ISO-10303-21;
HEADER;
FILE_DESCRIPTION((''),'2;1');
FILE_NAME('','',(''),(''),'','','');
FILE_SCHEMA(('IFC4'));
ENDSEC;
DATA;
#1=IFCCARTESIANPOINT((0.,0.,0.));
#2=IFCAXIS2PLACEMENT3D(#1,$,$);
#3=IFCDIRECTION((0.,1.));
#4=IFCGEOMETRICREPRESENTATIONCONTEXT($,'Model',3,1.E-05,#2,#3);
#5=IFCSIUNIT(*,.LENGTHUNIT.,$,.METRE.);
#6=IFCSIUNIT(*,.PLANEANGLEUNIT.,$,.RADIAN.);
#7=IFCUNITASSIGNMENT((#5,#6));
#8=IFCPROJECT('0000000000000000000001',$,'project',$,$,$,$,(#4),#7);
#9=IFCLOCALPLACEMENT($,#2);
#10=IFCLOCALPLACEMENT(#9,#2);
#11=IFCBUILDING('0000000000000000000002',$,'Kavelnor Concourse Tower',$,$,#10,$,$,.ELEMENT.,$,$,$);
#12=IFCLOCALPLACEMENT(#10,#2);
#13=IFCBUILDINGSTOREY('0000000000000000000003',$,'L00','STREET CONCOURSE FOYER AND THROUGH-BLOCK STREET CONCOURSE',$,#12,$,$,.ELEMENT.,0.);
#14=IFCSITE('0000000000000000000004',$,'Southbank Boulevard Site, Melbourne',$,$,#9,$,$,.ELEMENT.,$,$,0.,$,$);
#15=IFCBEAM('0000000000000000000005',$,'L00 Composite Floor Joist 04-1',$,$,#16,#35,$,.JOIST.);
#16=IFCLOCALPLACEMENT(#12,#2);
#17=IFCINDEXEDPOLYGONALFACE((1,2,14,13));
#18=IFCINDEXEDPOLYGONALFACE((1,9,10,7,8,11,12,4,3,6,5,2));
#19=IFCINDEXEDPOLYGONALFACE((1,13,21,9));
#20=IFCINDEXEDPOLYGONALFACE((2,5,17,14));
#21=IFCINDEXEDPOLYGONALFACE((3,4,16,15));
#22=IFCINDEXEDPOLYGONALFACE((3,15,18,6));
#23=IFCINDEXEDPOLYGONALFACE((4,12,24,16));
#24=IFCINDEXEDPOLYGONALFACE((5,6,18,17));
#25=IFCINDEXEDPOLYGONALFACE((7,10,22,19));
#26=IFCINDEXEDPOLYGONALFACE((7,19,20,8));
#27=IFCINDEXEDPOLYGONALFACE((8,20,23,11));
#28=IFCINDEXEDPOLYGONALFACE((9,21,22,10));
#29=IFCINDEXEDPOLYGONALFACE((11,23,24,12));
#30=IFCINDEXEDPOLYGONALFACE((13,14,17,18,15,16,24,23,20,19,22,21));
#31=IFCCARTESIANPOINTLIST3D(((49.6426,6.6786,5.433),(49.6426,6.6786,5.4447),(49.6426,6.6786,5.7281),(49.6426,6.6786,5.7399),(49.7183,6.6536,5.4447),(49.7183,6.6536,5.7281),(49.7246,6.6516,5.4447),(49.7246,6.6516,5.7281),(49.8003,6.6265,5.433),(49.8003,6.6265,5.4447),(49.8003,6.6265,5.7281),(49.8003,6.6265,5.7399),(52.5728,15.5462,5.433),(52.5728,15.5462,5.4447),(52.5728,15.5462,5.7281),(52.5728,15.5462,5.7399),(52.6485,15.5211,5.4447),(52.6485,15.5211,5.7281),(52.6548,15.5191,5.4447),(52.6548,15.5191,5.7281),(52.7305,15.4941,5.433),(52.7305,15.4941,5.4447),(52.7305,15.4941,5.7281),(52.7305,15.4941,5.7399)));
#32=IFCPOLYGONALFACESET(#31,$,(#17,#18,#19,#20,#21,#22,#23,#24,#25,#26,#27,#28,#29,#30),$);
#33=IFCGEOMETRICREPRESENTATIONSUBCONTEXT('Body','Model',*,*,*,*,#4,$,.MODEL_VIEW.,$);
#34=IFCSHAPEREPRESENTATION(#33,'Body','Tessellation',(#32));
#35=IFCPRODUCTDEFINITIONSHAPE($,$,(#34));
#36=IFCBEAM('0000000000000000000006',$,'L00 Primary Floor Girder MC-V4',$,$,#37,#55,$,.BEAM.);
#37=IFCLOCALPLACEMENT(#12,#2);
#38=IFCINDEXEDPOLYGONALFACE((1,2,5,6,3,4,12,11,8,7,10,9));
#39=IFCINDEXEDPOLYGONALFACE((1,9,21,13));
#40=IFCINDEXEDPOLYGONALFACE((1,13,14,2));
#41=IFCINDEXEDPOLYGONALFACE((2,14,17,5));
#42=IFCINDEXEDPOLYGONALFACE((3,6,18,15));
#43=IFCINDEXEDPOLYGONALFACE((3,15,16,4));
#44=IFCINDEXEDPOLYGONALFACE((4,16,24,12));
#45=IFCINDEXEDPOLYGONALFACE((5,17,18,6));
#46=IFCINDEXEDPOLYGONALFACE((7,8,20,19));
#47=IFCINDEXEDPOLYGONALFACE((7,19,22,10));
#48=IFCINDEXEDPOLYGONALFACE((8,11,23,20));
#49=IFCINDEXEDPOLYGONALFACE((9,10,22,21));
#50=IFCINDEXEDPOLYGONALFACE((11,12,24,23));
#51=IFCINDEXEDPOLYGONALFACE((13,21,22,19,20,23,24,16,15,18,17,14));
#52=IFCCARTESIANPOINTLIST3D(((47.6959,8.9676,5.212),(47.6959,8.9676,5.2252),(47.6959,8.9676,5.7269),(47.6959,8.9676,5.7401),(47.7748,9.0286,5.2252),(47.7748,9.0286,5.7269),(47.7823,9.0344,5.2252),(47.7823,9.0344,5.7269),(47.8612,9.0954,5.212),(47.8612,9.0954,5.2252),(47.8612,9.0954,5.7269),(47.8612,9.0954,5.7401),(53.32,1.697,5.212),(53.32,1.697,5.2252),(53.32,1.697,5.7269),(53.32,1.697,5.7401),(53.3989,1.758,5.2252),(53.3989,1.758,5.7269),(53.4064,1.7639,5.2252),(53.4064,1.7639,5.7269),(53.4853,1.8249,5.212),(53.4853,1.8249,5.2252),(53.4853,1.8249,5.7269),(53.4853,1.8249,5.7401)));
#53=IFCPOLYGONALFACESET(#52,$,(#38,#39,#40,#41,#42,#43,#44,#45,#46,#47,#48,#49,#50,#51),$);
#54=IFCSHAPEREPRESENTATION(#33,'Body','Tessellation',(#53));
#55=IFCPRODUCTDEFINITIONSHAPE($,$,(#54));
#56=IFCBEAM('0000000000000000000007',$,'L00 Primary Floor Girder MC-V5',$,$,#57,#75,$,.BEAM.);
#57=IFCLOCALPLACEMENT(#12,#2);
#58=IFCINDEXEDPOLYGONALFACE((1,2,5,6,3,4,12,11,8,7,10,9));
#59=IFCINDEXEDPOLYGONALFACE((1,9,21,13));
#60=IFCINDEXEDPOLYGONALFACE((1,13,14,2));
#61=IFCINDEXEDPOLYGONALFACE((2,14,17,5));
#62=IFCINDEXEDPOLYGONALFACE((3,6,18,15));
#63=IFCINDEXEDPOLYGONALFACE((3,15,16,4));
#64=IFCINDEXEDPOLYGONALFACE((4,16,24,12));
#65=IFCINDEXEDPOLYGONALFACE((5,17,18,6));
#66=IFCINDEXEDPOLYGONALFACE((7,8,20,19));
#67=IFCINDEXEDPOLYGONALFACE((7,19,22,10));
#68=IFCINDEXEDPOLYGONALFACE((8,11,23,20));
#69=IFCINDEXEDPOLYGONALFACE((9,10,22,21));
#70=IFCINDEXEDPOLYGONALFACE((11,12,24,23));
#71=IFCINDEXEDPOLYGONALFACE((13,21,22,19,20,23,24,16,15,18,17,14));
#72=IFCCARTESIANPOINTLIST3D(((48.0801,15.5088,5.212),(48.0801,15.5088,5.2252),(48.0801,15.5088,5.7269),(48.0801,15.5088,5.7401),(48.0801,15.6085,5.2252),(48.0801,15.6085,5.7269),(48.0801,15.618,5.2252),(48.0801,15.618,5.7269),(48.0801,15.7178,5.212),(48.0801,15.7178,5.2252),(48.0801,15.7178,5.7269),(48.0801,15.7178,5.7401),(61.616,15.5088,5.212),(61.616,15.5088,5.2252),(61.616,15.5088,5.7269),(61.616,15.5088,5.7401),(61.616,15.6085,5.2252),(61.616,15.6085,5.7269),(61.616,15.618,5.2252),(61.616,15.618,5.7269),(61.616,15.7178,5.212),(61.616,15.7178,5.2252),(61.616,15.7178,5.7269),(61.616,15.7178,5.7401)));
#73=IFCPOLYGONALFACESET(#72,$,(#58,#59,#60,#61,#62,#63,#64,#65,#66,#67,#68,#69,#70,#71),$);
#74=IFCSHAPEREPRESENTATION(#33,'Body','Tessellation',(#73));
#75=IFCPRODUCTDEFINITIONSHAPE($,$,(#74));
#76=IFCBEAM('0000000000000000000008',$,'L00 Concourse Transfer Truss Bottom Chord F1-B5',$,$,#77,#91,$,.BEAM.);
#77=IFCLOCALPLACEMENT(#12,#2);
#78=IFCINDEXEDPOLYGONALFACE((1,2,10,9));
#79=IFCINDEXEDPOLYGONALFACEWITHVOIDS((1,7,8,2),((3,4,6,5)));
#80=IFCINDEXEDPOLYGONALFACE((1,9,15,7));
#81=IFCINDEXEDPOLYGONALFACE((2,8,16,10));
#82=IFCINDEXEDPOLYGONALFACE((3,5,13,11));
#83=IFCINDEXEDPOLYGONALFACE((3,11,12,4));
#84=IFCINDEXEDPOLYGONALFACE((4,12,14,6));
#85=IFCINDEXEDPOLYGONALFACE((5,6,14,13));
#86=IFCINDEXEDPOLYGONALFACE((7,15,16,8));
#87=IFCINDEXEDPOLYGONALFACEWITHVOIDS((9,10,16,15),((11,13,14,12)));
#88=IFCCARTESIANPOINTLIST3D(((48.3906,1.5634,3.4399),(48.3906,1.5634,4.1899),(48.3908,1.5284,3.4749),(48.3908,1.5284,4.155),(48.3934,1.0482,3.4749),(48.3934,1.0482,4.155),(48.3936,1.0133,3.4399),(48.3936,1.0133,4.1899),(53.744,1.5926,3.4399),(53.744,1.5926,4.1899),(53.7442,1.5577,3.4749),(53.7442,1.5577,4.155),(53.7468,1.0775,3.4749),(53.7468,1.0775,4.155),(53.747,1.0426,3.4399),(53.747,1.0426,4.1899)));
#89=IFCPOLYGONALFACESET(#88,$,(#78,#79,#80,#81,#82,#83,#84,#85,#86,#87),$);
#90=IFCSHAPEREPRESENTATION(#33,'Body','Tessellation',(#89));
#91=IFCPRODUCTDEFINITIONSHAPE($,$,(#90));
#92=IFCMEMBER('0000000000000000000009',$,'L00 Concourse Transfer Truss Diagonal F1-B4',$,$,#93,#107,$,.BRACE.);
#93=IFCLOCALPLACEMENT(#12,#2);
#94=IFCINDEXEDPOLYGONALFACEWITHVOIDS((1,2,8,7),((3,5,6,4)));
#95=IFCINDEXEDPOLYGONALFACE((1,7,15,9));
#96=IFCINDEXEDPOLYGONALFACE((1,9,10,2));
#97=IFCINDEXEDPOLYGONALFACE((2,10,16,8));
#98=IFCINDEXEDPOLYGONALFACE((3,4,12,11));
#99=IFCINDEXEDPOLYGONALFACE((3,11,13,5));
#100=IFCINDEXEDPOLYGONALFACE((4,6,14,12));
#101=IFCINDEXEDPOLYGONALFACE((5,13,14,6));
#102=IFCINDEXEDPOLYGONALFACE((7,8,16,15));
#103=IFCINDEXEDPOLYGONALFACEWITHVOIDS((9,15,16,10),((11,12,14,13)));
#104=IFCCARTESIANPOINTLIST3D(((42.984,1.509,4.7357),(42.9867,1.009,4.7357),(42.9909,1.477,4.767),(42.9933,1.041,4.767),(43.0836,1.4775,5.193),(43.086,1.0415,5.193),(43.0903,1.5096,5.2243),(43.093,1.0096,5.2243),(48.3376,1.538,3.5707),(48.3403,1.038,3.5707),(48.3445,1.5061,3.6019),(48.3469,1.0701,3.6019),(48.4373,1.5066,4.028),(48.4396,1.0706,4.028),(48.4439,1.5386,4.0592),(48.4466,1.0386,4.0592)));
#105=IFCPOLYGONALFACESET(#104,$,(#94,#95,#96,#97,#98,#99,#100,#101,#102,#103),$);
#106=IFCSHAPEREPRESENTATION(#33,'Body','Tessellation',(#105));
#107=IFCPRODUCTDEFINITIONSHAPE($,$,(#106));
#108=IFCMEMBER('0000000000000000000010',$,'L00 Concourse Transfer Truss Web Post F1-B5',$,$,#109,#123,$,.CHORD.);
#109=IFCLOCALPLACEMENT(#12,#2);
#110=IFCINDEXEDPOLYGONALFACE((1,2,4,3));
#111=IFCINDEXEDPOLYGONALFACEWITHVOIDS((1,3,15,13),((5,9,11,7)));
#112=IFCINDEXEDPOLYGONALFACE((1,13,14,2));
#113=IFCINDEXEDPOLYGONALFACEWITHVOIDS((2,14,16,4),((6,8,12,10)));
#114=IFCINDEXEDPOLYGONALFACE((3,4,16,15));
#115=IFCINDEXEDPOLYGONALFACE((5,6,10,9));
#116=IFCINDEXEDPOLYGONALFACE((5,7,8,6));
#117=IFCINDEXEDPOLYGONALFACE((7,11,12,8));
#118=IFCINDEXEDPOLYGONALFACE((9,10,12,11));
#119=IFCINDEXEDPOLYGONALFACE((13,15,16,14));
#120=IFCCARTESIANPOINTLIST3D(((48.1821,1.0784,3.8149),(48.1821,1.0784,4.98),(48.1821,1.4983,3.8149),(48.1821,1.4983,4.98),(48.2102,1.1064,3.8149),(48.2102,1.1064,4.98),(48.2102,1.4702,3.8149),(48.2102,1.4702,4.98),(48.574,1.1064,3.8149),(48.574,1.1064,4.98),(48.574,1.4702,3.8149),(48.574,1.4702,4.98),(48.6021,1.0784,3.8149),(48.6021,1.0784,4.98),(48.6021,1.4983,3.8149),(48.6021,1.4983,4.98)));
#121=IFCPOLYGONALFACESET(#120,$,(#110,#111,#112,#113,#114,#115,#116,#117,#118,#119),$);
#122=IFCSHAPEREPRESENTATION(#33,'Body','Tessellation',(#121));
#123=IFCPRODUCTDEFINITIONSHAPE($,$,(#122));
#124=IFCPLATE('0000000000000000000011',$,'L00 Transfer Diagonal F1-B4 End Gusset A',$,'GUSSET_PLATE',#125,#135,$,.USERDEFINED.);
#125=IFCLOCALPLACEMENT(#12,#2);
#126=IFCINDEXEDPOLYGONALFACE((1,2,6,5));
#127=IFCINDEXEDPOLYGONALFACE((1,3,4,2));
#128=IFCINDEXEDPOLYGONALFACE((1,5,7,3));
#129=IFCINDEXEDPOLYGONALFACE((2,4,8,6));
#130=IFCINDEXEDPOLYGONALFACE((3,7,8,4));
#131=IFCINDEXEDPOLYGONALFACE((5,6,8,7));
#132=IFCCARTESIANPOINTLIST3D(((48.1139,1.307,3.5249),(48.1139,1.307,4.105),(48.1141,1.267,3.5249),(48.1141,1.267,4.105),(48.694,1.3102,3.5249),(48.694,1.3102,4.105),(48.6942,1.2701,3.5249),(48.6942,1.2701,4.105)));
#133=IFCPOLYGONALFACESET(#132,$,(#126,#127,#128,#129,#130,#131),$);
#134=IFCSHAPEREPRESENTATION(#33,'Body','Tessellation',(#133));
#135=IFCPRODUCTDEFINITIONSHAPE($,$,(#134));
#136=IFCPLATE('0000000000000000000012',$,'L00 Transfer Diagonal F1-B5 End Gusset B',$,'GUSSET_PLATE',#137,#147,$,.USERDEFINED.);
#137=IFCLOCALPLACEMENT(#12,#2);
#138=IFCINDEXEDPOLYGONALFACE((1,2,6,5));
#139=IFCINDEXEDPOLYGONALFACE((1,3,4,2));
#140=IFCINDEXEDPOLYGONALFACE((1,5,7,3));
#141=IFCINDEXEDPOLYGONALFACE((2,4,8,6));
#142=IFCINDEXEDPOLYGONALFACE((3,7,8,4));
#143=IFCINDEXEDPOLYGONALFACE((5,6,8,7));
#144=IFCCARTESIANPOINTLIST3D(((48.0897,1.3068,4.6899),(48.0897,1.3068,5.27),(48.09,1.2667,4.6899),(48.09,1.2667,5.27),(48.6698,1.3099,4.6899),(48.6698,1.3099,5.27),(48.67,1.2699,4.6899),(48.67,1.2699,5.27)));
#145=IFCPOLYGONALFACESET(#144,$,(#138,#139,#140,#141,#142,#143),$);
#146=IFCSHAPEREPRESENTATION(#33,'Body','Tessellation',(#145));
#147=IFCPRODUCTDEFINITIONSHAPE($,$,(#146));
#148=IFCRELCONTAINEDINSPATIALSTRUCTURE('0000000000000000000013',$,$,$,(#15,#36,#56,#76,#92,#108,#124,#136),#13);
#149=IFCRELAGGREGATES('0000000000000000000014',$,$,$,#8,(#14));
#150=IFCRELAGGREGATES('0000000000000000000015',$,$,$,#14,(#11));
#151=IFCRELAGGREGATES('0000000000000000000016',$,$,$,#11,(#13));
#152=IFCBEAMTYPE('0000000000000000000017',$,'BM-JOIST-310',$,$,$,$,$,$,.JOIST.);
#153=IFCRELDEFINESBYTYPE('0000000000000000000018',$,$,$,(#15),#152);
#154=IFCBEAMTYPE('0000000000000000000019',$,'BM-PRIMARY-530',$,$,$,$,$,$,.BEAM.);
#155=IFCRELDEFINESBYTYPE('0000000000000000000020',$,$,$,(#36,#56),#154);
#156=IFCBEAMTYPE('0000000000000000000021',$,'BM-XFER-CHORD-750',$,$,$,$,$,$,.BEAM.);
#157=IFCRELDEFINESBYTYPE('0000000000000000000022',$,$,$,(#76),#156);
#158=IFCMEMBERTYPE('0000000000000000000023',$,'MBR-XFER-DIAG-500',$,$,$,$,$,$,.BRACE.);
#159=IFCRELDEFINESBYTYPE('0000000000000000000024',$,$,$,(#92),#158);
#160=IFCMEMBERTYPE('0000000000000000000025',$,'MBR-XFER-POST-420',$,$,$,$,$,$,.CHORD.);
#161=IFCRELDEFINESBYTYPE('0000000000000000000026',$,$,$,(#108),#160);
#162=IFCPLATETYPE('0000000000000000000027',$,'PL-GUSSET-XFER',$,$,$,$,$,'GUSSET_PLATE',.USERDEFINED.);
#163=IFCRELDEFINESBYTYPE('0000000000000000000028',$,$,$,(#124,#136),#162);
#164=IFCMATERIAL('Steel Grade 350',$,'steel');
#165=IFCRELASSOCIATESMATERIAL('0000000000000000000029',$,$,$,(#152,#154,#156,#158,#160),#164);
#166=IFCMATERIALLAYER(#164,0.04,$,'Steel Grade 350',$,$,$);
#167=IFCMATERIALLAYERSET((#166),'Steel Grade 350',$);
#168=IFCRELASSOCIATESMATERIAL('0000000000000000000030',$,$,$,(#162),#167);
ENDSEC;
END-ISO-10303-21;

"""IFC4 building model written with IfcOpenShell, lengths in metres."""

from ifc_helpers import new_model, si_unit, direction, frame, origin, origin_2d, place, context, subcontext, project, spatial, rectangle, hollow_rectangle, i_section, extrude, material, layer, layer_set, material_profile, profile_set, type_object, element, save


model = new_model("IFC4")

# Units and contexts
model_context = context("Model", 3, precision=1e-05, world=origin(), true_north=direction((0.0, 1.0)))
body_context = subcontext(model_context, "Body", "Model", "MODEL_VIEW")
ifc_project = project(units=[si_unit("LENGTHUNIT", "METRE"), si_unit("PLANEANGLEUNIT", "RADIAN")], contexts=[model_context])

# Site, building, storey
site_placement = place(None, origin())
site = spatial("IfcSite", under=ifc_project, at=site_placement, Name="Southbank Boulevard Site, Melbourne", CompositionType="ELEMENT", RefElevation=0.0)
building_placement = place(site_placement, origin())
building = spatial("IfcBuilding", under=site, at=building_placement, Name="Kavelnor Concourse Tower", CompositionType="ELEMENT")
storey_placement = place(building_placement, origin())
storey = spatial("IfcBuildingStorey", under=building, at=storey_placement, Name="L00", Description="STREET CONCOURSE FOYER AND THROUGH-BLOCK STREET CONCOURSE", CompositionType="ELEMENT", Elevation=0.0)

# Beams
ifc_material_1 = material(Name="Steel Grade 350", Category="steel")
ifc_material_profile_1 = material_profile(ifc_material_1, i_section(OverallWidth=0.166, OverallDepth=0.3069, WebThickness=0.0066, FlangeThickness=0.0117, at=origin_2d()), Name="310UB46")
ifc_profile_set_1 = profile_set([ifc_material_profile_1], Name="Steel Grade 350")
beam_type_1 = type_object("IfcBeamType", Name="BM-JOIST-310", PredefinedType="JOIST", material=ifc_profile_set_1)
beam_1_placement = place(storey_placement, frame((49.7214, 6.6526, 5.5864), z_axis=(0.313756, 0.949504, 0.0), x_axis=(-0.949504, 0.313756, 0.0)))
element("IfcBeam", 1, at=beam_1_placement, inside=storey, type_object=beam_type_1, Name="L00 Composite Floor Joist 04-1", PredefinedType="JOIST", context=body_context, shape_type="SweptSolid", body=[
    extrude(i_section(OverallWidth=0.166, OverallDepth=0.3069, WebThickness=0.0066, FlangeThickness=0.0117, at=origin_2d()), origin(), (0.0, 0.0, 1.0), 9.3391),
])
ifc_material_profile_2 = material_profile(ifc_material_1, i_section(OverallWidth=0.209, OverallDepth=0.5281, WebThickness=0.0095, FlangeThickness=0.0132, at=origin_2d()), Name="530UB82")
ifc_profile_set_2 = profile_set([ifc_material_profile_2], Name="Steel Grade 350")
beam_type_2 = type_object("IfcBeamType", Name="BM-PRIMARY-530", PredefinedType="BEAM", material=ifc_profile_set_2)
beam_2_placement = place(storey_placement, frame((47.7786, 9.0315, 5.4761), z_axis=(0.61185, -0.790974, 0.0), x_axis=(0.790974, 0.61185, 0.0)))
element("IfcBeam", 2, at=beam_2_placement, inside=storey, type_object=beam_type_2, Name="L00 Primary Floor Girder MC-V4", PredefinedType="BEAM", context=body_context, shape_type="SweptSolid", body=[
    extrude(i_section(OverallWidth=0.209, OverallDepth=0.5281, WebThickness=0.0095, FlangeThickness=0.0132, at=origin_2d()), origin(), (0.0, 0.0, 1.0), 9.1919),
])
beam_3_placement = place(storey_placement, frame((48.0801, 15.6133, 5.4761), z_axis=(1.0, 0.0, 0.0), x_axis=(0.0, 1.0, 0.0)))
element("IfcBeam", 3, at=beam_3_placement, inside=storey, type_object=beam_type_2, Name="L00 Primary Floor Girder MC-V5", PredefinedType="BEAM", context=body_context, shape_type="SweptSolid", body=[
    extrude(i_section(OverallWidth=0.209, OverallDepth=0.5281, WebThickness=0.0095, FlangeThickness=0.0132, at=origin_2d()), origin(), (0.0, 0.0, 1.0), 13.5359),
])
ifc_material_profile_3 = material_profile(ifc_material_1, hollow_rectangle(XDim=0.55, YDim=0.75, WallThickness=0.0349, at=origin_2d()), Name="RHS 750x550x35")
ifc_profile_set_3 = profile_set([ifc_material_profile_3], Name="Steel Grade 350")
beam_type_3 = type_object("IfcBeamType", Name="BM-XFER-CHORD-750", PredefinedType="BEAM", material=ifc_profile_set_3)
beam_4_placement = place(storey_placement, frame((48.3921, 1.2883, 3.8149), z_axis=(0.999985, 0.005472, 0.0), x_axis=(-0.005472, 0.999985, 0.0)))
element("IfcBeam", 4, at=beam_4_placement, inside=storey, type_object=beam_type_3, Name="L00 Concourse Transfer Truss Bottom Chord F1-B5", PredefinedType="BEAM", context=body_context, shape_type="SweptSolid", body=[
    extrude(hollow_rectangle(XDim=0.55, YDim=0.75, WallThickness=0.0349, at=origin_2d()), origin(), (0.0, 0.0, 1.0), 5.3535),
])

# Members
ifc_material_profile_4 = material_profile(ifc_material_1, hollow_rectangle(XDim=0.5, YDim=0.5, WallThickness=0.032, at=origin_2d()), Name="SHS 500x500x32")
ifc_profile_set_4 = profile_set([ifc_material_profile_4], Name="Steel Grade 350")
member_type_1 = type_object("IfcMemberType", Name="MBR-XFER-DIAG-500", PredefinedType="BRACE", material=ifc_profile_set_4)
member_1_placement = place(storey_placement, frame((48.3921, 1.2883, 3.8149), z_axis=(-0.977116, -0.005303, 0.212641), x_axis=(0.005427, -0.999985, 0.0)))
element("IfcMember", 5, at=member_1_placement, inside=storey, type_object=member_type_1, Name="L00 Concourse Transfer Truss Diagonal F1-B4", PredefinedType="BRACE", context=body_context, shape_type="SweptSolid", body=[
    extrude(hollow_rectangle(XDim=0.5, YDim=0.5, WallThickness=0.032, at=origin_2d()), origin(), (0.0, 0.0, 1.0), 5.479),
])
ifc_material_profile_5 = material_profile(ifc_material_1, hollow_rectangle(XDim=0.4199, YDim=0.4199, WallThickness=0.0281, at=origin_2d()), Name="SHS 420x420x28")
ifc_profile_set_5 = profile_set([ifc_material_profile_5], Name="Steel Grade 350")
member_type_2 = type_object("IfcMemberType", Name="MBR-XFER-POST-420", PredefinedType="CHORD", material=ifc_profile_set_5)
member_2_placement = place(storey_placement, frame((48.3921, 1.2883, 3.8149), z_axis=(0.0, 0.0, 1.0), x_axis=(1.0, 0.0, 0.0)))
element("IfcMember", 6, at=member_2_placement, inside=storey, type_object=member_type_2, Name="L00 Concourse Transfer Truss Web Post F1-B5", PredefinedType="CHORD", context=body_context, shape_type="SweptSolid", body=[
    extrude(hollow_rectangle(XDim=0.4199, YDim=0.4199, WallThickness=0.0281, at=origin_2d()), origin(), (0.0, 0.0, 1.0), 1.165),
])

# Plates
ifc_layer_1 = layer(ifc_material_1, 0.04, Name="Steel Grade 350")
ifc_layer_set_1 = layer_set([ifc_layer_1], Name="Steel Grade 350")
plate_type = type_object("IfcPlateType", Name="PL-GUSSET-XFER", ElementType="GUSSET_PLATE", PredefinedType="USERDEFINED", material=ifc_layer_set_1)
for number, where, z_axis, x_axis, name in (
    (7, (48.4041, 1.2886, 3.5249), (0.0, 0.0, 1.0), (-0.999985, -0.00541, 0.0), "L00 Transfer Diagonal F1-B4 End Gusset A"),
    (8, (48.3799, 1.2883, 4.6899), (0.0, 0.0, 1.0), (-0.999985, -0.00541, 0.0), "L00 Transfer Diagonal F1-B5 End Gusset B"),
):
    element("IfcPlate", number, at=place(storey_placement, frame(where, z_axis=z_axis, x_axis=x_axis)), inside=storey, type_object=plate_type, Name=name, ObjectType="GUSSET_PLATE", PredefinedType="USERDEFINED", context=body_context, shape_type="SweptSolid", body=[
        extrude(rectangle(XDim=0.5801, YDim=0.04, at=origin_2d()), origin(), (0.0, 0.0, 1.0), 0.5801),
    ])

save(model, "model.ifc")
